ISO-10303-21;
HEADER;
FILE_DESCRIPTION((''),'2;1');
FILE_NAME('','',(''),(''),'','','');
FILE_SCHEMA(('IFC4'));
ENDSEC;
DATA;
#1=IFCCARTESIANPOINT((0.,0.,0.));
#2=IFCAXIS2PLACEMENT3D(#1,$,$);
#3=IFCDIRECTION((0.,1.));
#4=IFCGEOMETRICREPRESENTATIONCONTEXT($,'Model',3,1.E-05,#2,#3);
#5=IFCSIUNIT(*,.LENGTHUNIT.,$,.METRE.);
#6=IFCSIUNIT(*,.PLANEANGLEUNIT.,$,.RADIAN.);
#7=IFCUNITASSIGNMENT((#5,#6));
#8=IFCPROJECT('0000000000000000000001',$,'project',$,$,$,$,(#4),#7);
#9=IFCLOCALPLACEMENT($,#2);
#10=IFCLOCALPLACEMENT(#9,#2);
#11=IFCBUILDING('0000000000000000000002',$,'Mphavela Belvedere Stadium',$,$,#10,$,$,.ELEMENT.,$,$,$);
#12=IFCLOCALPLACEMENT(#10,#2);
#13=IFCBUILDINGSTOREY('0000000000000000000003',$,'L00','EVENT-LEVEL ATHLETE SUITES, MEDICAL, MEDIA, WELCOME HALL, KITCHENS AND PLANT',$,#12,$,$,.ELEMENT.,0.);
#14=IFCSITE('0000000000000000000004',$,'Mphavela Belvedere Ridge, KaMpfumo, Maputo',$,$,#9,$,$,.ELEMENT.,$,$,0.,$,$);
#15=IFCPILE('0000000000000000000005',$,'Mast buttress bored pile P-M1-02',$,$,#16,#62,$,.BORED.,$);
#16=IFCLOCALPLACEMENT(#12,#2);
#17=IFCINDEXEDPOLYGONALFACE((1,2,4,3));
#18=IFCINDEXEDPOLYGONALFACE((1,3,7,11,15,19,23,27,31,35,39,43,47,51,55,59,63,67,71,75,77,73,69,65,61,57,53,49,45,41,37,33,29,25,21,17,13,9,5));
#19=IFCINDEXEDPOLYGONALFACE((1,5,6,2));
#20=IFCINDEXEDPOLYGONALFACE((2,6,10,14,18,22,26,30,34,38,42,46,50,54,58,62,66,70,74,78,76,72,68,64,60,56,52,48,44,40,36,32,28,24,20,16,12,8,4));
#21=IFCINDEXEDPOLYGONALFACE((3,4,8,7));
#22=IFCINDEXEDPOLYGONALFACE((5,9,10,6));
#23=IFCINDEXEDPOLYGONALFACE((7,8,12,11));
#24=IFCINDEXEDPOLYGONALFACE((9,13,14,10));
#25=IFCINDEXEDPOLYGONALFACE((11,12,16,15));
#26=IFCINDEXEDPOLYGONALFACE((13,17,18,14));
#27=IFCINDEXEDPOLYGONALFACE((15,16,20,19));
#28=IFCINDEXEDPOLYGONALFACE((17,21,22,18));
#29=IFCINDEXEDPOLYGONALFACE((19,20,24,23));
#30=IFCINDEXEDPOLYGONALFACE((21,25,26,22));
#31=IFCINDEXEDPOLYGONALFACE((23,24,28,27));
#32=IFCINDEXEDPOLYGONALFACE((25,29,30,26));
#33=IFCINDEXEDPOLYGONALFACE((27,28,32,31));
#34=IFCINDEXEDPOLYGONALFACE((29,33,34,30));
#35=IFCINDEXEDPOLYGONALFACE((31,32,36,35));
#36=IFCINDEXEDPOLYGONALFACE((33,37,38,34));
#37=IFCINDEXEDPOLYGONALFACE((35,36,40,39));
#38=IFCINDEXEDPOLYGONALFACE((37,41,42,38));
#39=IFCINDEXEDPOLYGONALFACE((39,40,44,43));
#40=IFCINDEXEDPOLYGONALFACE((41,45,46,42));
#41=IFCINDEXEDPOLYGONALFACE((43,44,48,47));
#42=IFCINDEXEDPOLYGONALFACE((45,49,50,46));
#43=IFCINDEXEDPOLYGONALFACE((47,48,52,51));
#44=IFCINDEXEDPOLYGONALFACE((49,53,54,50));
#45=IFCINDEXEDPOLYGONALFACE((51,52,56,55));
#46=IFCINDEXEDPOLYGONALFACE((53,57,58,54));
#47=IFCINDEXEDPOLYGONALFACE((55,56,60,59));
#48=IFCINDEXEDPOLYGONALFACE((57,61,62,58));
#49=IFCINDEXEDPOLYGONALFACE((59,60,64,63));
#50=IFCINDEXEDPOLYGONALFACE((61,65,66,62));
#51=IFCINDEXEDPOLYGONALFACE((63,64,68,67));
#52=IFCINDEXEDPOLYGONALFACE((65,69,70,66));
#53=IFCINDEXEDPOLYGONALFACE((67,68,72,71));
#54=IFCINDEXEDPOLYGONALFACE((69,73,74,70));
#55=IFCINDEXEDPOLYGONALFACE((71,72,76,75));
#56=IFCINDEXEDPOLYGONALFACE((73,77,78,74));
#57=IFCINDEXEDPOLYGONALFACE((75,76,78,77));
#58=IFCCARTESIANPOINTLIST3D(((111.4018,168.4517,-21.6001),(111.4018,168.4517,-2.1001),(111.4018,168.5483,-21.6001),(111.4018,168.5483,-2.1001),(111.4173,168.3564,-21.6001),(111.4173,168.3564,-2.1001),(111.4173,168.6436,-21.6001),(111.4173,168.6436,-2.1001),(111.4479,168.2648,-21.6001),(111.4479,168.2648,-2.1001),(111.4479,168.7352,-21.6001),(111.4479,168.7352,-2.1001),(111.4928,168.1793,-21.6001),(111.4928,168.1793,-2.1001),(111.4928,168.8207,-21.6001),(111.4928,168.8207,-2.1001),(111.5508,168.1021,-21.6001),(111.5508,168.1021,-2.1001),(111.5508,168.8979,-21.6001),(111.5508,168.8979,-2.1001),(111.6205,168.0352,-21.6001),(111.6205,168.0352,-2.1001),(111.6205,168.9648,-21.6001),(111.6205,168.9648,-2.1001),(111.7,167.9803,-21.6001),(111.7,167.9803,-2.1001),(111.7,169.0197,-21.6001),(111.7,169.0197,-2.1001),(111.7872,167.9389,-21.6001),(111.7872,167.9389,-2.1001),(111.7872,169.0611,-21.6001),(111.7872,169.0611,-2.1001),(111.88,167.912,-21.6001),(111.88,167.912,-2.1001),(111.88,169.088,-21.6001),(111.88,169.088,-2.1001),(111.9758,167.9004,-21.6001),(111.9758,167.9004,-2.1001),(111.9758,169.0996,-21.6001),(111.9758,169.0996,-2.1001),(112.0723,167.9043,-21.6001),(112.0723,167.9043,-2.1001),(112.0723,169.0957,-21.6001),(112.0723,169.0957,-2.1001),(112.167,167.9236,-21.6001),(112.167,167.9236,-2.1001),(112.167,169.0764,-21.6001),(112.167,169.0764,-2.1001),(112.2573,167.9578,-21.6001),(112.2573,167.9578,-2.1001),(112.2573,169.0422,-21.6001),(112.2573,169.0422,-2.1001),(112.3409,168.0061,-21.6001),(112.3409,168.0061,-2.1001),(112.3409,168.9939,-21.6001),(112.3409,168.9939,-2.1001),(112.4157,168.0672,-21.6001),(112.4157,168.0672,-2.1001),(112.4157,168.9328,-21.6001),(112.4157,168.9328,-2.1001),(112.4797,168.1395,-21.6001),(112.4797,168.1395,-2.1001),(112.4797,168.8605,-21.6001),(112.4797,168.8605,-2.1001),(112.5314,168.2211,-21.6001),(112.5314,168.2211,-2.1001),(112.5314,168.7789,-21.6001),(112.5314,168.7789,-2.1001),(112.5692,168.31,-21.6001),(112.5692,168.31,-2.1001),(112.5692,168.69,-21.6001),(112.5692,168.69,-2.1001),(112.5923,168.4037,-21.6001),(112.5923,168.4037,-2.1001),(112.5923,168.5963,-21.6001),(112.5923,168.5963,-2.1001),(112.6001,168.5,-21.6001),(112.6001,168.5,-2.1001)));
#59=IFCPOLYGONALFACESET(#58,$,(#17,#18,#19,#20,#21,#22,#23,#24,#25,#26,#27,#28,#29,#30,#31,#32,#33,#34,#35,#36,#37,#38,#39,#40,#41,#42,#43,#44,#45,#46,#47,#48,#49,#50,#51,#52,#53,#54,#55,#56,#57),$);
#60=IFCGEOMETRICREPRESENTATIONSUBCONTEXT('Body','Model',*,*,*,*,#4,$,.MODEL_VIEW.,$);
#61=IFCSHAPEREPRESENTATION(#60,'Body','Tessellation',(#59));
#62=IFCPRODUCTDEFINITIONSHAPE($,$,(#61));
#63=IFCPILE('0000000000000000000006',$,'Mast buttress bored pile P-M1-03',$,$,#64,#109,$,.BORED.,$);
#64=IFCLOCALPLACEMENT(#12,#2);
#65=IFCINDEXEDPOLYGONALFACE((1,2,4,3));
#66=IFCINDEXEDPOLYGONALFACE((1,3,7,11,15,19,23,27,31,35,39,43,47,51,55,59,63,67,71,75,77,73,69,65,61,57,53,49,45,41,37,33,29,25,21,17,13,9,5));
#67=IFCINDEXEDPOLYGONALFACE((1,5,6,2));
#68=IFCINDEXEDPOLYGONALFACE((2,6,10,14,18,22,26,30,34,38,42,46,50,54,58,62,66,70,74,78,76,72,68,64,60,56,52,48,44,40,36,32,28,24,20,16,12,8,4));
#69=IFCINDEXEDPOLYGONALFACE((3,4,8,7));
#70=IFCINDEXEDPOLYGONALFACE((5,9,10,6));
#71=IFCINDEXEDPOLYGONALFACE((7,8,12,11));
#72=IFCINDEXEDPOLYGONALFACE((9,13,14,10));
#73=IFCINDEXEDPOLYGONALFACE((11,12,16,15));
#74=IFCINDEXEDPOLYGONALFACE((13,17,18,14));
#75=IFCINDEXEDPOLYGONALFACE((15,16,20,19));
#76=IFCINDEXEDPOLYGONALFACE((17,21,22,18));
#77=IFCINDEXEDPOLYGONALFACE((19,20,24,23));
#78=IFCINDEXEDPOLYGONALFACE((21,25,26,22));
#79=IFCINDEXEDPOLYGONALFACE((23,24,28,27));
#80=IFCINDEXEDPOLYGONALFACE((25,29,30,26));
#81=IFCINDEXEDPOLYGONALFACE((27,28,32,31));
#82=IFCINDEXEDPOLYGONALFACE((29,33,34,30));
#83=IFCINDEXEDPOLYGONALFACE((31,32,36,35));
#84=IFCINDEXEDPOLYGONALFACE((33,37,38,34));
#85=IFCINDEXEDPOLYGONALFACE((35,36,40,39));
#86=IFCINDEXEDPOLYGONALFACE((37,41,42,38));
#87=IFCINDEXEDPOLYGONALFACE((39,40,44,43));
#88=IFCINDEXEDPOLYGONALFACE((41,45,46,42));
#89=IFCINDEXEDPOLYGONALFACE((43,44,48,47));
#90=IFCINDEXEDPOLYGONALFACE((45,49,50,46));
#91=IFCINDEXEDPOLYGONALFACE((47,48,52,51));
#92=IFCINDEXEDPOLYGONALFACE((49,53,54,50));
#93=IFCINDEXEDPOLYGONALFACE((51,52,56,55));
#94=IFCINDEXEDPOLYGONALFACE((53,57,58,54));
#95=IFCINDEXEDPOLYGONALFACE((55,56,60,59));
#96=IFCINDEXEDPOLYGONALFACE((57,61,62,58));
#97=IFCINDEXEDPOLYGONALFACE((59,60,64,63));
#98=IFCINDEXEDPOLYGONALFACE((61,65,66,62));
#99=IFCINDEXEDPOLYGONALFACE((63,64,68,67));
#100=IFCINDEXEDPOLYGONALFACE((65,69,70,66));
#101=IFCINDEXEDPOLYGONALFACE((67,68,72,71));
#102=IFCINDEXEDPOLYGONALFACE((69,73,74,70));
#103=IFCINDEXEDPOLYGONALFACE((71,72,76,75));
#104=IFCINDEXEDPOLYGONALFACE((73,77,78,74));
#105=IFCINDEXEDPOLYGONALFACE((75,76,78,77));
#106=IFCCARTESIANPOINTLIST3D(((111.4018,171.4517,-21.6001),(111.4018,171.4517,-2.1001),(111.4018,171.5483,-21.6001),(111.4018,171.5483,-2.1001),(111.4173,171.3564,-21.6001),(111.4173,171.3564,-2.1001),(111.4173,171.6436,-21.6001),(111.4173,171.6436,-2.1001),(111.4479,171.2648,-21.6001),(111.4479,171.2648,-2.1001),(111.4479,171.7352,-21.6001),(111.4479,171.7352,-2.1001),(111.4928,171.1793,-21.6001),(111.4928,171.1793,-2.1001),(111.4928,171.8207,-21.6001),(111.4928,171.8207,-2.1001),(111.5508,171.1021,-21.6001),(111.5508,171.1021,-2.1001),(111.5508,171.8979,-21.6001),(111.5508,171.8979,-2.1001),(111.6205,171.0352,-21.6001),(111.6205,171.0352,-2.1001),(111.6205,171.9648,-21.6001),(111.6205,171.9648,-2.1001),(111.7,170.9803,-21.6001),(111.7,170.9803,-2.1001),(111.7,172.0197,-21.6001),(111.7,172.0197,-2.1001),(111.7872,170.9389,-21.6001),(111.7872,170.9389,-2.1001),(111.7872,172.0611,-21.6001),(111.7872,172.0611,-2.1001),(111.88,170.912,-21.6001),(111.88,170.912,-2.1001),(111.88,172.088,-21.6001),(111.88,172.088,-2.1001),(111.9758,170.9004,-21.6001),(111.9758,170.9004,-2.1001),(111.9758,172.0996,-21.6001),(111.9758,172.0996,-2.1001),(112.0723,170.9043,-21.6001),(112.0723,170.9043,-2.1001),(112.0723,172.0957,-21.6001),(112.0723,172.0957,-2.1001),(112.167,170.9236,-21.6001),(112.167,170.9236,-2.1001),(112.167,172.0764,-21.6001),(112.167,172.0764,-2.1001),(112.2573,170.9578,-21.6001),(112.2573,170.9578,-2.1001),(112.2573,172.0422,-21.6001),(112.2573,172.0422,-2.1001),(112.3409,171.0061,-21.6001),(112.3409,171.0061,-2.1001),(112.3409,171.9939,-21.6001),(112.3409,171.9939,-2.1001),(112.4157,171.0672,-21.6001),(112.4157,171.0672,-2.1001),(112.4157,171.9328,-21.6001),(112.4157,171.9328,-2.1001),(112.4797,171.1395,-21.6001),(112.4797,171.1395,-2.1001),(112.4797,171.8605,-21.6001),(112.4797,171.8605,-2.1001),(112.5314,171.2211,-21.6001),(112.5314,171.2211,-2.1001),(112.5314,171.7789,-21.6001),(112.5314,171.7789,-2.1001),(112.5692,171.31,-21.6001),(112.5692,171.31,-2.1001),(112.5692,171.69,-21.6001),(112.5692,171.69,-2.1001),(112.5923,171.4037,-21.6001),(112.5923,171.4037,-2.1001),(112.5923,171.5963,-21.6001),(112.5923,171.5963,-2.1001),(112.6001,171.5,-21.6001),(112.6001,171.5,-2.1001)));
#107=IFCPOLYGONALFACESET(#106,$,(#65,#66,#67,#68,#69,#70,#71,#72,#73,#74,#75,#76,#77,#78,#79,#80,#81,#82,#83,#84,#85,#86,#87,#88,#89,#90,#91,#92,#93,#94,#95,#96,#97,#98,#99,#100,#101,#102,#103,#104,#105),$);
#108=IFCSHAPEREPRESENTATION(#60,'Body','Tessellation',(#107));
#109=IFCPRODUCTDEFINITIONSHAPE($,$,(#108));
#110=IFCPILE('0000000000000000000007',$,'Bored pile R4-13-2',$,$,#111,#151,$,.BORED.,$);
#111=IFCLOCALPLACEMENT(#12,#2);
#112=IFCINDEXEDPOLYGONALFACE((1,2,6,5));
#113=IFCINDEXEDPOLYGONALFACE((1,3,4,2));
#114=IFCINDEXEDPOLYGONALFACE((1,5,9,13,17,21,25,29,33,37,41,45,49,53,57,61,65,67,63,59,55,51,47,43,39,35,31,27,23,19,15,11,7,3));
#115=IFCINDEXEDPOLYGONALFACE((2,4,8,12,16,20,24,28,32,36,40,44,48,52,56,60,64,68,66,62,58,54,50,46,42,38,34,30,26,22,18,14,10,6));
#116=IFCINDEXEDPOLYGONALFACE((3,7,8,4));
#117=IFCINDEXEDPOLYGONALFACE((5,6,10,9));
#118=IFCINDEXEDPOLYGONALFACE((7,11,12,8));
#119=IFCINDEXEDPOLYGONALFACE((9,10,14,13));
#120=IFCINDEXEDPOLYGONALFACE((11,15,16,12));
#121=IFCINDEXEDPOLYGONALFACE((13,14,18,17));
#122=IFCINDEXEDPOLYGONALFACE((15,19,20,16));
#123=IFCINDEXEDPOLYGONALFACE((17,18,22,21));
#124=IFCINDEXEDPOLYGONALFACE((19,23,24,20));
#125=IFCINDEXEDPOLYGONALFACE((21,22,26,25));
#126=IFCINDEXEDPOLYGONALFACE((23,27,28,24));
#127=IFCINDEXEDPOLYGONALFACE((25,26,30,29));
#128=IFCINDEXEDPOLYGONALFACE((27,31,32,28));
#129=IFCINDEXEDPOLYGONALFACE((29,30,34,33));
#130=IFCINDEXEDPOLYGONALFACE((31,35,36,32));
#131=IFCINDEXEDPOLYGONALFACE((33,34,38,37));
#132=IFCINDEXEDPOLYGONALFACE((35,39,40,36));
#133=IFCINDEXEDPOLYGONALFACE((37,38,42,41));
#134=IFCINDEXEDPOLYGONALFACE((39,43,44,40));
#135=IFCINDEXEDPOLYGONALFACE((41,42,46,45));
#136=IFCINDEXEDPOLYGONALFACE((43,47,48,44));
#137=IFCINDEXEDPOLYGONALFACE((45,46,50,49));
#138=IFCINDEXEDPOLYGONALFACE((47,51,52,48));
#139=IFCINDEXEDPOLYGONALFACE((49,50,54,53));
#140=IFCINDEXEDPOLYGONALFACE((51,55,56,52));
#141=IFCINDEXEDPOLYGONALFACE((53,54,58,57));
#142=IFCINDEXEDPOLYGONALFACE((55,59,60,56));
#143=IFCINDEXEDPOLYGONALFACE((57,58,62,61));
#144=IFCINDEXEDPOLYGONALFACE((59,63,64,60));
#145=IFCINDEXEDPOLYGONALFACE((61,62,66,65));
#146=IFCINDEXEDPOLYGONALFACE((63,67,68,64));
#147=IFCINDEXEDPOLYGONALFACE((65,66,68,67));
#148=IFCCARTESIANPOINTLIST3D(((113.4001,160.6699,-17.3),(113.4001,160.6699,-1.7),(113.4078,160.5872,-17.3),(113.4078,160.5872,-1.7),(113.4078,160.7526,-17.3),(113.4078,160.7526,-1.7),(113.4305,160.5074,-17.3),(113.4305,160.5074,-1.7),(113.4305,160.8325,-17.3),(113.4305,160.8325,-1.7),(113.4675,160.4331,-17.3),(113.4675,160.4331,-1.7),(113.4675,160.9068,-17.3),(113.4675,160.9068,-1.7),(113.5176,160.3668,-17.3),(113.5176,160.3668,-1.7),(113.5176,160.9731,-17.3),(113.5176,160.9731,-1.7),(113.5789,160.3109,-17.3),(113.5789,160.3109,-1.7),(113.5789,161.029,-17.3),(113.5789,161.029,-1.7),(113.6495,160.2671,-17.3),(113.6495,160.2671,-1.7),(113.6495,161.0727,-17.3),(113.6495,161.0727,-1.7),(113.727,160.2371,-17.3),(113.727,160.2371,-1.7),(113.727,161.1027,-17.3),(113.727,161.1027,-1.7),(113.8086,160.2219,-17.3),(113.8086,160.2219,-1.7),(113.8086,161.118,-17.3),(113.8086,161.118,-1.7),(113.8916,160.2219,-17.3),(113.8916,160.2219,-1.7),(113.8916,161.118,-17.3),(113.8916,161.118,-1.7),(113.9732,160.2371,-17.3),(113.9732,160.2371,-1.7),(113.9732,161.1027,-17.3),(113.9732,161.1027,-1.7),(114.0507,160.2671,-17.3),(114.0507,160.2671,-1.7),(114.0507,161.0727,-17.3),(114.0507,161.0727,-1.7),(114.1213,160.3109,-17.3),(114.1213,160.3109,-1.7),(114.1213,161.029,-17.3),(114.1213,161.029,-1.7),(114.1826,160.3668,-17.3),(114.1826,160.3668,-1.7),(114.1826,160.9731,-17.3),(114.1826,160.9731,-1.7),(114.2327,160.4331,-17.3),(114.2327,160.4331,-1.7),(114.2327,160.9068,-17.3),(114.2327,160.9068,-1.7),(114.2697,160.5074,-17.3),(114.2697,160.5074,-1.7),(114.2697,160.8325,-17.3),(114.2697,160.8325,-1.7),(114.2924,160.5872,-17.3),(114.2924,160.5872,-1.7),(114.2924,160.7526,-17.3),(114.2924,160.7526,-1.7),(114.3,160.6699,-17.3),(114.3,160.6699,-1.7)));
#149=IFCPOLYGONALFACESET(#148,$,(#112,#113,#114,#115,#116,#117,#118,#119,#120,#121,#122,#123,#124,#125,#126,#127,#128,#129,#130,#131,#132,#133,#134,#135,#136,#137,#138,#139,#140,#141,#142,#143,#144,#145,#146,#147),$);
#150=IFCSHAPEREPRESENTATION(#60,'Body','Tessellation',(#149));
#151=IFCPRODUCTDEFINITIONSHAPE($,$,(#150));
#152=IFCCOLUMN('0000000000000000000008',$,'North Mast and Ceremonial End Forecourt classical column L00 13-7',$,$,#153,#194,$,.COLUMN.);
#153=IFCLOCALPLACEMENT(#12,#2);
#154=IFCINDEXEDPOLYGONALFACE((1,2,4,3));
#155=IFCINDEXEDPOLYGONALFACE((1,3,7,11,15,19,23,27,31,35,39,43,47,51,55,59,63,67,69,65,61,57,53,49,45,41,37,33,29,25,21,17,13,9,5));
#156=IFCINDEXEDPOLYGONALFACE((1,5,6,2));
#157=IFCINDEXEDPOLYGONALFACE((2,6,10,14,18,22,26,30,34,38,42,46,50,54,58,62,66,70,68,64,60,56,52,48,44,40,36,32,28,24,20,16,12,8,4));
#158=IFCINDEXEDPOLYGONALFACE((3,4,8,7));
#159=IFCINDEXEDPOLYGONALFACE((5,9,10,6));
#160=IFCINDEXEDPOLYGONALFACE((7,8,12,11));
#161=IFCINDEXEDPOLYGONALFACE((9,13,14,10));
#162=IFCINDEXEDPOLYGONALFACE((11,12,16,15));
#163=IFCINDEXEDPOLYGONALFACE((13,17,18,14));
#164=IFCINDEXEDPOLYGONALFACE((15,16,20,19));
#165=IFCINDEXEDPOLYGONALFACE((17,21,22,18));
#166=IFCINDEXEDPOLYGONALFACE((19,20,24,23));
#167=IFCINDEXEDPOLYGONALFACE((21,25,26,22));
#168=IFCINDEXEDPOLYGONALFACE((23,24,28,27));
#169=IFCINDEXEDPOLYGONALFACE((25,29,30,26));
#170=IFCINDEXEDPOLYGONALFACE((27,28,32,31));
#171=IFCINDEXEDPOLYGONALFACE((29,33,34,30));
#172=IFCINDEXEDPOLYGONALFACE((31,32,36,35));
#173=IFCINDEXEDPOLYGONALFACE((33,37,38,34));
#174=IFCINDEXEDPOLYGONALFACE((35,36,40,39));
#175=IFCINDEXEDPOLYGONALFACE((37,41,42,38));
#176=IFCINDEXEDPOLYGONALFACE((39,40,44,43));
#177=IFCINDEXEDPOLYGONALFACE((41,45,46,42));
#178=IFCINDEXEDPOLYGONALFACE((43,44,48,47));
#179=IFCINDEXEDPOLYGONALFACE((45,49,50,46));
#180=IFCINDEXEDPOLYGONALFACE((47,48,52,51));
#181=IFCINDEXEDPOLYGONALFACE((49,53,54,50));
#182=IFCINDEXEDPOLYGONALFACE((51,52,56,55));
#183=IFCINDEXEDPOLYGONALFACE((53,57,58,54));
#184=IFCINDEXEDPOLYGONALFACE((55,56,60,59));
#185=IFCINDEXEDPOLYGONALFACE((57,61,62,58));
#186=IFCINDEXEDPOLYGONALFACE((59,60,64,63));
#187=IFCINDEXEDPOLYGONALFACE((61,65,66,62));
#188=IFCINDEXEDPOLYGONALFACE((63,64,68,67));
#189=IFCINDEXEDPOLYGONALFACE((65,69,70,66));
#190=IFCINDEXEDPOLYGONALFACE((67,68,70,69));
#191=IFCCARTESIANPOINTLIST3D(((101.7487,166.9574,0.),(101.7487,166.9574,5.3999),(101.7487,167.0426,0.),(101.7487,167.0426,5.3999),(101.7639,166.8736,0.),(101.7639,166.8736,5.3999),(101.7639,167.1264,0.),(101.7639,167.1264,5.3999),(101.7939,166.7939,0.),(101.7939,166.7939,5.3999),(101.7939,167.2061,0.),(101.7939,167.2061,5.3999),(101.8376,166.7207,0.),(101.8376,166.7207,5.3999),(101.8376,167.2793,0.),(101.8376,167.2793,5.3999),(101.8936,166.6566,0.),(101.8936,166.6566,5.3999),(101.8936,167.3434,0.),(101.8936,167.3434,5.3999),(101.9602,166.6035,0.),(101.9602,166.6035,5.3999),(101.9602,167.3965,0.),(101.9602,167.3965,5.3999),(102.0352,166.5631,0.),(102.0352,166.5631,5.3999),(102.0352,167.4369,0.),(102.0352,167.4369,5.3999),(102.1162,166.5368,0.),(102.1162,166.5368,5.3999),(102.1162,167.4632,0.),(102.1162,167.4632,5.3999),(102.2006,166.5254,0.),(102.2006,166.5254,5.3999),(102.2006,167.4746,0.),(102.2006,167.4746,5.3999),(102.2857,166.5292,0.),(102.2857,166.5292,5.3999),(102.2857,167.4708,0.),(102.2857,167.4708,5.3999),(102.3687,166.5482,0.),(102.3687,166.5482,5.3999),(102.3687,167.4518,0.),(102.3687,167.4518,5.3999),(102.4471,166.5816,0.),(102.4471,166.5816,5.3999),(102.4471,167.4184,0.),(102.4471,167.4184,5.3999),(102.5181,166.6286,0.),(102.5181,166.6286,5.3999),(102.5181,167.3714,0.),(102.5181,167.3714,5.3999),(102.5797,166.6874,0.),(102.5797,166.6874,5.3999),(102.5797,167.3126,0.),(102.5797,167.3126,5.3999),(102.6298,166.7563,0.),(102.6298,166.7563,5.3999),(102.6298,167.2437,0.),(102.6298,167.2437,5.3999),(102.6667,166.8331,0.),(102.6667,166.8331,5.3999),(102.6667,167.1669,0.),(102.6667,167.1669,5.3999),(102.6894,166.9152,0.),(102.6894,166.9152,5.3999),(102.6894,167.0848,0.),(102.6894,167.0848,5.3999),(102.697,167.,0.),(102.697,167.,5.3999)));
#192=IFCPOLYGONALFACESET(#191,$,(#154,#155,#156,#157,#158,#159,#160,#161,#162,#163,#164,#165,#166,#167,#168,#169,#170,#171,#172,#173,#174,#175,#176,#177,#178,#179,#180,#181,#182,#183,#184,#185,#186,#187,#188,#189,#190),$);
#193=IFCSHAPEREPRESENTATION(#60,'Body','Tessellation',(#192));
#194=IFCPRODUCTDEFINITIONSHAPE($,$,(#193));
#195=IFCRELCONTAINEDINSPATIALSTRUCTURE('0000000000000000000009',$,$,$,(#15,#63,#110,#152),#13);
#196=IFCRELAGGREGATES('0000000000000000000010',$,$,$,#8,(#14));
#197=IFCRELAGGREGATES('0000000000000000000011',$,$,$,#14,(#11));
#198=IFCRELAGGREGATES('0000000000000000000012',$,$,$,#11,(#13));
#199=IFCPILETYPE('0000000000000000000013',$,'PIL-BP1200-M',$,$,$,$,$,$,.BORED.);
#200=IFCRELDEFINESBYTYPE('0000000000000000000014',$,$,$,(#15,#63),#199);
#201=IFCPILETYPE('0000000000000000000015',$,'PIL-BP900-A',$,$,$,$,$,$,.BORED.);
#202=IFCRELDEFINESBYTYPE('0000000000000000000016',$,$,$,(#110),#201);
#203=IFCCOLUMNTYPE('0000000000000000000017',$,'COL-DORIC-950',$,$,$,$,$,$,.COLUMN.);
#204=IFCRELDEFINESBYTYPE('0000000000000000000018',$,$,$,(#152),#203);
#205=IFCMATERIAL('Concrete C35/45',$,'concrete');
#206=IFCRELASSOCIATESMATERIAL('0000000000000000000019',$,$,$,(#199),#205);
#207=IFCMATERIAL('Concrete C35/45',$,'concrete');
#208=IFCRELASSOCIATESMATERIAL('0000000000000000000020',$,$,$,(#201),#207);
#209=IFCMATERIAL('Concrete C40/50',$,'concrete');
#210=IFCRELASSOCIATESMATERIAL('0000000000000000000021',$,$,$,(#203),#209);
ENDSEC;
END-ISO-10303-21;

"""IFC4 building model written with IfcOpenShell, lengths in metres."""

from ifc_helpers import new_model, si_unit, direction, frame, origin, origin_2d, place, context, subcontext, project, spatial, circle, extrude, material, material_profile, profile_set, type_object, element, save


model = new_model("IFC4")

# Units and contexts
model_context = context("Model", 3, precision=1e-05, world=origin(), true_north=direction((0.0, 1.0)))
body_context = subcontext(model_context, "Body", "Model", "MODEL_VIEW")
ifc_project = project(units=[si_unit("LENGTHUNIT", "METRE"), si_unit("PLANEANGLEUNIT", "RADIAN")], contexts=[model_context])

# Site, building, storey
site_placement = place(None, origin())
site = spatial("IfcSite", under=ifc_project, at=site_placement, Name="Mphavela Belvedere Ridge, KaMpfumo, Maputo", CompositionType="ELEMENT", RefElevation=0.0)
building_placement = place(site_placement, origin())
building = spatial("IfcBuilding", under=site, at=building_placement, Name="Mphavela Belvedere Stadium", CompositionType="ELEMENT")
storey_placement = place(building_placement, origin())
storey = spatial("IfcBuildingStorey", under=building, at=storey_placement, Name="L00", Description="EVENT-LEVEL ATHLETE SUITES, MEDICAL, MEDIA, WELCOME HALL, KITCHENS AND PLANT", CompositionType="ELEMENT", Elevation=0.0)

# Piles
ifc_material_1 = material(Name="Concrete C35/45", Category="concrete")
ifc_material_profile_1 = material_profile(ifc_material_1, circle(Radius=0.6001, at=origin_2d()), Name="BP D1200")
ifc_profile_set_1 = profile_set([ifc_material_profile_1], Name="Concrete C35/45")
pile_type_1 = type_object("IfcPileType", Name="PIL-BP1200-M", PredefinedType="BORED", material=ifc_profile_set_1)
for number, where, z_axis, x_axis, name in (
    (1, (112.0, 168.5, -2.1001), (0.0, 0.0, -1.0), (1.0, 0.0, 0.0), "Mast buttress bored pile P-M1-02"),
    (2, (112.0, 171.5, -2.1001), (0.0, 0.0, -1.0), (1.0, 0.0, 0.0), "Mast buttress bored pile P-M1-03"),
):
    element("IfcPile", number, at=place(storey_placement, frame(where, z_axis=z_axis, x_axis=x_axis)), inside=storey, type_object=pile_type_1, Name=name, PredefinedType="BORED", context=body_context, shape_type="SweptSolid", body=[
        extrude(circle(Radius=0.6001, at=origin_2d()), origin(), (0.0, 0.0, 1.0), 19.5),
    ])
ifc_material_2 = material(Name="Concrete C35/45", Category="concrete")
ifc_material_profile_2 = material_profile(ifc_material_2, circle(Radius=0.45, at=origin_2d()), Name="BP D900")
ifc_profile_set_2 = profile_set([ifc_material_profile_2], Name="Concrete C35/45")
pile_type_2 = type_object("IfcPileType", Name="PIL-BP900-A", PredefinedType="BORED", material=ifc_profile_set_2)
pile_1_placement = place(storey_placement, frame((113.8501, 160.6699, -1.7), z_axis=(0.0, 0.0, -1.0), x_axis=(1.0, 0.0, 0.0)))
element("IfcPile", 3, at=pile_1_placement, inside=storey, type_object=pile_type_2, Name="Bored pile R4-13-2", PredefinedType="BORED", context=body_context, shape_type="SweptSolid", body=[
    extrude(circle(Radius=0.45, at=origin_2d()), origin(), (0.0, 0.0, 1.0), 15.6001),
])

# Column
ifc_material_3 = material(Name="Concrete C40/50", Category="concrete")
ifc_material_profile_3 = material_profile(ifc_material_3, circle(Radius=0.4751, at=origin_2d()), Name="COL D950")
ifc_profile_set_3 = profile_set([ifc_material_profile_3], Name="Concrete C40/50")
column_type_1 = type_object("IfcColumnType", Name="COL-DORIC-950", PredefinedType="COLUMN", material=ifc_profile_set_3)
for number, where, z_axis, x_axis, name in (
    (4, (102.2219, 167.0, 0.0), (0.0, 0.0, 1.0), (1.0, 0.0, 0.0), "North Mast and Ceremonial End Forecourt classical column L00 13-7"),
):
    element("IfcColumn", number, at=place(storey_placement, frame(where, z_axis=z_axis, x_axis=x_axis)), inside=storey, type_object=column_type_1, Name=name, PredefinedType="COLUMN", context=body_context, shape_type="SweptSolid", body=[
        extrude(circle(Radius=0.4751, at=origin_2d()), origin(), (0.0, 0.0, 1.0), 5.3999),
    ])

save(model, "model.ifc")
